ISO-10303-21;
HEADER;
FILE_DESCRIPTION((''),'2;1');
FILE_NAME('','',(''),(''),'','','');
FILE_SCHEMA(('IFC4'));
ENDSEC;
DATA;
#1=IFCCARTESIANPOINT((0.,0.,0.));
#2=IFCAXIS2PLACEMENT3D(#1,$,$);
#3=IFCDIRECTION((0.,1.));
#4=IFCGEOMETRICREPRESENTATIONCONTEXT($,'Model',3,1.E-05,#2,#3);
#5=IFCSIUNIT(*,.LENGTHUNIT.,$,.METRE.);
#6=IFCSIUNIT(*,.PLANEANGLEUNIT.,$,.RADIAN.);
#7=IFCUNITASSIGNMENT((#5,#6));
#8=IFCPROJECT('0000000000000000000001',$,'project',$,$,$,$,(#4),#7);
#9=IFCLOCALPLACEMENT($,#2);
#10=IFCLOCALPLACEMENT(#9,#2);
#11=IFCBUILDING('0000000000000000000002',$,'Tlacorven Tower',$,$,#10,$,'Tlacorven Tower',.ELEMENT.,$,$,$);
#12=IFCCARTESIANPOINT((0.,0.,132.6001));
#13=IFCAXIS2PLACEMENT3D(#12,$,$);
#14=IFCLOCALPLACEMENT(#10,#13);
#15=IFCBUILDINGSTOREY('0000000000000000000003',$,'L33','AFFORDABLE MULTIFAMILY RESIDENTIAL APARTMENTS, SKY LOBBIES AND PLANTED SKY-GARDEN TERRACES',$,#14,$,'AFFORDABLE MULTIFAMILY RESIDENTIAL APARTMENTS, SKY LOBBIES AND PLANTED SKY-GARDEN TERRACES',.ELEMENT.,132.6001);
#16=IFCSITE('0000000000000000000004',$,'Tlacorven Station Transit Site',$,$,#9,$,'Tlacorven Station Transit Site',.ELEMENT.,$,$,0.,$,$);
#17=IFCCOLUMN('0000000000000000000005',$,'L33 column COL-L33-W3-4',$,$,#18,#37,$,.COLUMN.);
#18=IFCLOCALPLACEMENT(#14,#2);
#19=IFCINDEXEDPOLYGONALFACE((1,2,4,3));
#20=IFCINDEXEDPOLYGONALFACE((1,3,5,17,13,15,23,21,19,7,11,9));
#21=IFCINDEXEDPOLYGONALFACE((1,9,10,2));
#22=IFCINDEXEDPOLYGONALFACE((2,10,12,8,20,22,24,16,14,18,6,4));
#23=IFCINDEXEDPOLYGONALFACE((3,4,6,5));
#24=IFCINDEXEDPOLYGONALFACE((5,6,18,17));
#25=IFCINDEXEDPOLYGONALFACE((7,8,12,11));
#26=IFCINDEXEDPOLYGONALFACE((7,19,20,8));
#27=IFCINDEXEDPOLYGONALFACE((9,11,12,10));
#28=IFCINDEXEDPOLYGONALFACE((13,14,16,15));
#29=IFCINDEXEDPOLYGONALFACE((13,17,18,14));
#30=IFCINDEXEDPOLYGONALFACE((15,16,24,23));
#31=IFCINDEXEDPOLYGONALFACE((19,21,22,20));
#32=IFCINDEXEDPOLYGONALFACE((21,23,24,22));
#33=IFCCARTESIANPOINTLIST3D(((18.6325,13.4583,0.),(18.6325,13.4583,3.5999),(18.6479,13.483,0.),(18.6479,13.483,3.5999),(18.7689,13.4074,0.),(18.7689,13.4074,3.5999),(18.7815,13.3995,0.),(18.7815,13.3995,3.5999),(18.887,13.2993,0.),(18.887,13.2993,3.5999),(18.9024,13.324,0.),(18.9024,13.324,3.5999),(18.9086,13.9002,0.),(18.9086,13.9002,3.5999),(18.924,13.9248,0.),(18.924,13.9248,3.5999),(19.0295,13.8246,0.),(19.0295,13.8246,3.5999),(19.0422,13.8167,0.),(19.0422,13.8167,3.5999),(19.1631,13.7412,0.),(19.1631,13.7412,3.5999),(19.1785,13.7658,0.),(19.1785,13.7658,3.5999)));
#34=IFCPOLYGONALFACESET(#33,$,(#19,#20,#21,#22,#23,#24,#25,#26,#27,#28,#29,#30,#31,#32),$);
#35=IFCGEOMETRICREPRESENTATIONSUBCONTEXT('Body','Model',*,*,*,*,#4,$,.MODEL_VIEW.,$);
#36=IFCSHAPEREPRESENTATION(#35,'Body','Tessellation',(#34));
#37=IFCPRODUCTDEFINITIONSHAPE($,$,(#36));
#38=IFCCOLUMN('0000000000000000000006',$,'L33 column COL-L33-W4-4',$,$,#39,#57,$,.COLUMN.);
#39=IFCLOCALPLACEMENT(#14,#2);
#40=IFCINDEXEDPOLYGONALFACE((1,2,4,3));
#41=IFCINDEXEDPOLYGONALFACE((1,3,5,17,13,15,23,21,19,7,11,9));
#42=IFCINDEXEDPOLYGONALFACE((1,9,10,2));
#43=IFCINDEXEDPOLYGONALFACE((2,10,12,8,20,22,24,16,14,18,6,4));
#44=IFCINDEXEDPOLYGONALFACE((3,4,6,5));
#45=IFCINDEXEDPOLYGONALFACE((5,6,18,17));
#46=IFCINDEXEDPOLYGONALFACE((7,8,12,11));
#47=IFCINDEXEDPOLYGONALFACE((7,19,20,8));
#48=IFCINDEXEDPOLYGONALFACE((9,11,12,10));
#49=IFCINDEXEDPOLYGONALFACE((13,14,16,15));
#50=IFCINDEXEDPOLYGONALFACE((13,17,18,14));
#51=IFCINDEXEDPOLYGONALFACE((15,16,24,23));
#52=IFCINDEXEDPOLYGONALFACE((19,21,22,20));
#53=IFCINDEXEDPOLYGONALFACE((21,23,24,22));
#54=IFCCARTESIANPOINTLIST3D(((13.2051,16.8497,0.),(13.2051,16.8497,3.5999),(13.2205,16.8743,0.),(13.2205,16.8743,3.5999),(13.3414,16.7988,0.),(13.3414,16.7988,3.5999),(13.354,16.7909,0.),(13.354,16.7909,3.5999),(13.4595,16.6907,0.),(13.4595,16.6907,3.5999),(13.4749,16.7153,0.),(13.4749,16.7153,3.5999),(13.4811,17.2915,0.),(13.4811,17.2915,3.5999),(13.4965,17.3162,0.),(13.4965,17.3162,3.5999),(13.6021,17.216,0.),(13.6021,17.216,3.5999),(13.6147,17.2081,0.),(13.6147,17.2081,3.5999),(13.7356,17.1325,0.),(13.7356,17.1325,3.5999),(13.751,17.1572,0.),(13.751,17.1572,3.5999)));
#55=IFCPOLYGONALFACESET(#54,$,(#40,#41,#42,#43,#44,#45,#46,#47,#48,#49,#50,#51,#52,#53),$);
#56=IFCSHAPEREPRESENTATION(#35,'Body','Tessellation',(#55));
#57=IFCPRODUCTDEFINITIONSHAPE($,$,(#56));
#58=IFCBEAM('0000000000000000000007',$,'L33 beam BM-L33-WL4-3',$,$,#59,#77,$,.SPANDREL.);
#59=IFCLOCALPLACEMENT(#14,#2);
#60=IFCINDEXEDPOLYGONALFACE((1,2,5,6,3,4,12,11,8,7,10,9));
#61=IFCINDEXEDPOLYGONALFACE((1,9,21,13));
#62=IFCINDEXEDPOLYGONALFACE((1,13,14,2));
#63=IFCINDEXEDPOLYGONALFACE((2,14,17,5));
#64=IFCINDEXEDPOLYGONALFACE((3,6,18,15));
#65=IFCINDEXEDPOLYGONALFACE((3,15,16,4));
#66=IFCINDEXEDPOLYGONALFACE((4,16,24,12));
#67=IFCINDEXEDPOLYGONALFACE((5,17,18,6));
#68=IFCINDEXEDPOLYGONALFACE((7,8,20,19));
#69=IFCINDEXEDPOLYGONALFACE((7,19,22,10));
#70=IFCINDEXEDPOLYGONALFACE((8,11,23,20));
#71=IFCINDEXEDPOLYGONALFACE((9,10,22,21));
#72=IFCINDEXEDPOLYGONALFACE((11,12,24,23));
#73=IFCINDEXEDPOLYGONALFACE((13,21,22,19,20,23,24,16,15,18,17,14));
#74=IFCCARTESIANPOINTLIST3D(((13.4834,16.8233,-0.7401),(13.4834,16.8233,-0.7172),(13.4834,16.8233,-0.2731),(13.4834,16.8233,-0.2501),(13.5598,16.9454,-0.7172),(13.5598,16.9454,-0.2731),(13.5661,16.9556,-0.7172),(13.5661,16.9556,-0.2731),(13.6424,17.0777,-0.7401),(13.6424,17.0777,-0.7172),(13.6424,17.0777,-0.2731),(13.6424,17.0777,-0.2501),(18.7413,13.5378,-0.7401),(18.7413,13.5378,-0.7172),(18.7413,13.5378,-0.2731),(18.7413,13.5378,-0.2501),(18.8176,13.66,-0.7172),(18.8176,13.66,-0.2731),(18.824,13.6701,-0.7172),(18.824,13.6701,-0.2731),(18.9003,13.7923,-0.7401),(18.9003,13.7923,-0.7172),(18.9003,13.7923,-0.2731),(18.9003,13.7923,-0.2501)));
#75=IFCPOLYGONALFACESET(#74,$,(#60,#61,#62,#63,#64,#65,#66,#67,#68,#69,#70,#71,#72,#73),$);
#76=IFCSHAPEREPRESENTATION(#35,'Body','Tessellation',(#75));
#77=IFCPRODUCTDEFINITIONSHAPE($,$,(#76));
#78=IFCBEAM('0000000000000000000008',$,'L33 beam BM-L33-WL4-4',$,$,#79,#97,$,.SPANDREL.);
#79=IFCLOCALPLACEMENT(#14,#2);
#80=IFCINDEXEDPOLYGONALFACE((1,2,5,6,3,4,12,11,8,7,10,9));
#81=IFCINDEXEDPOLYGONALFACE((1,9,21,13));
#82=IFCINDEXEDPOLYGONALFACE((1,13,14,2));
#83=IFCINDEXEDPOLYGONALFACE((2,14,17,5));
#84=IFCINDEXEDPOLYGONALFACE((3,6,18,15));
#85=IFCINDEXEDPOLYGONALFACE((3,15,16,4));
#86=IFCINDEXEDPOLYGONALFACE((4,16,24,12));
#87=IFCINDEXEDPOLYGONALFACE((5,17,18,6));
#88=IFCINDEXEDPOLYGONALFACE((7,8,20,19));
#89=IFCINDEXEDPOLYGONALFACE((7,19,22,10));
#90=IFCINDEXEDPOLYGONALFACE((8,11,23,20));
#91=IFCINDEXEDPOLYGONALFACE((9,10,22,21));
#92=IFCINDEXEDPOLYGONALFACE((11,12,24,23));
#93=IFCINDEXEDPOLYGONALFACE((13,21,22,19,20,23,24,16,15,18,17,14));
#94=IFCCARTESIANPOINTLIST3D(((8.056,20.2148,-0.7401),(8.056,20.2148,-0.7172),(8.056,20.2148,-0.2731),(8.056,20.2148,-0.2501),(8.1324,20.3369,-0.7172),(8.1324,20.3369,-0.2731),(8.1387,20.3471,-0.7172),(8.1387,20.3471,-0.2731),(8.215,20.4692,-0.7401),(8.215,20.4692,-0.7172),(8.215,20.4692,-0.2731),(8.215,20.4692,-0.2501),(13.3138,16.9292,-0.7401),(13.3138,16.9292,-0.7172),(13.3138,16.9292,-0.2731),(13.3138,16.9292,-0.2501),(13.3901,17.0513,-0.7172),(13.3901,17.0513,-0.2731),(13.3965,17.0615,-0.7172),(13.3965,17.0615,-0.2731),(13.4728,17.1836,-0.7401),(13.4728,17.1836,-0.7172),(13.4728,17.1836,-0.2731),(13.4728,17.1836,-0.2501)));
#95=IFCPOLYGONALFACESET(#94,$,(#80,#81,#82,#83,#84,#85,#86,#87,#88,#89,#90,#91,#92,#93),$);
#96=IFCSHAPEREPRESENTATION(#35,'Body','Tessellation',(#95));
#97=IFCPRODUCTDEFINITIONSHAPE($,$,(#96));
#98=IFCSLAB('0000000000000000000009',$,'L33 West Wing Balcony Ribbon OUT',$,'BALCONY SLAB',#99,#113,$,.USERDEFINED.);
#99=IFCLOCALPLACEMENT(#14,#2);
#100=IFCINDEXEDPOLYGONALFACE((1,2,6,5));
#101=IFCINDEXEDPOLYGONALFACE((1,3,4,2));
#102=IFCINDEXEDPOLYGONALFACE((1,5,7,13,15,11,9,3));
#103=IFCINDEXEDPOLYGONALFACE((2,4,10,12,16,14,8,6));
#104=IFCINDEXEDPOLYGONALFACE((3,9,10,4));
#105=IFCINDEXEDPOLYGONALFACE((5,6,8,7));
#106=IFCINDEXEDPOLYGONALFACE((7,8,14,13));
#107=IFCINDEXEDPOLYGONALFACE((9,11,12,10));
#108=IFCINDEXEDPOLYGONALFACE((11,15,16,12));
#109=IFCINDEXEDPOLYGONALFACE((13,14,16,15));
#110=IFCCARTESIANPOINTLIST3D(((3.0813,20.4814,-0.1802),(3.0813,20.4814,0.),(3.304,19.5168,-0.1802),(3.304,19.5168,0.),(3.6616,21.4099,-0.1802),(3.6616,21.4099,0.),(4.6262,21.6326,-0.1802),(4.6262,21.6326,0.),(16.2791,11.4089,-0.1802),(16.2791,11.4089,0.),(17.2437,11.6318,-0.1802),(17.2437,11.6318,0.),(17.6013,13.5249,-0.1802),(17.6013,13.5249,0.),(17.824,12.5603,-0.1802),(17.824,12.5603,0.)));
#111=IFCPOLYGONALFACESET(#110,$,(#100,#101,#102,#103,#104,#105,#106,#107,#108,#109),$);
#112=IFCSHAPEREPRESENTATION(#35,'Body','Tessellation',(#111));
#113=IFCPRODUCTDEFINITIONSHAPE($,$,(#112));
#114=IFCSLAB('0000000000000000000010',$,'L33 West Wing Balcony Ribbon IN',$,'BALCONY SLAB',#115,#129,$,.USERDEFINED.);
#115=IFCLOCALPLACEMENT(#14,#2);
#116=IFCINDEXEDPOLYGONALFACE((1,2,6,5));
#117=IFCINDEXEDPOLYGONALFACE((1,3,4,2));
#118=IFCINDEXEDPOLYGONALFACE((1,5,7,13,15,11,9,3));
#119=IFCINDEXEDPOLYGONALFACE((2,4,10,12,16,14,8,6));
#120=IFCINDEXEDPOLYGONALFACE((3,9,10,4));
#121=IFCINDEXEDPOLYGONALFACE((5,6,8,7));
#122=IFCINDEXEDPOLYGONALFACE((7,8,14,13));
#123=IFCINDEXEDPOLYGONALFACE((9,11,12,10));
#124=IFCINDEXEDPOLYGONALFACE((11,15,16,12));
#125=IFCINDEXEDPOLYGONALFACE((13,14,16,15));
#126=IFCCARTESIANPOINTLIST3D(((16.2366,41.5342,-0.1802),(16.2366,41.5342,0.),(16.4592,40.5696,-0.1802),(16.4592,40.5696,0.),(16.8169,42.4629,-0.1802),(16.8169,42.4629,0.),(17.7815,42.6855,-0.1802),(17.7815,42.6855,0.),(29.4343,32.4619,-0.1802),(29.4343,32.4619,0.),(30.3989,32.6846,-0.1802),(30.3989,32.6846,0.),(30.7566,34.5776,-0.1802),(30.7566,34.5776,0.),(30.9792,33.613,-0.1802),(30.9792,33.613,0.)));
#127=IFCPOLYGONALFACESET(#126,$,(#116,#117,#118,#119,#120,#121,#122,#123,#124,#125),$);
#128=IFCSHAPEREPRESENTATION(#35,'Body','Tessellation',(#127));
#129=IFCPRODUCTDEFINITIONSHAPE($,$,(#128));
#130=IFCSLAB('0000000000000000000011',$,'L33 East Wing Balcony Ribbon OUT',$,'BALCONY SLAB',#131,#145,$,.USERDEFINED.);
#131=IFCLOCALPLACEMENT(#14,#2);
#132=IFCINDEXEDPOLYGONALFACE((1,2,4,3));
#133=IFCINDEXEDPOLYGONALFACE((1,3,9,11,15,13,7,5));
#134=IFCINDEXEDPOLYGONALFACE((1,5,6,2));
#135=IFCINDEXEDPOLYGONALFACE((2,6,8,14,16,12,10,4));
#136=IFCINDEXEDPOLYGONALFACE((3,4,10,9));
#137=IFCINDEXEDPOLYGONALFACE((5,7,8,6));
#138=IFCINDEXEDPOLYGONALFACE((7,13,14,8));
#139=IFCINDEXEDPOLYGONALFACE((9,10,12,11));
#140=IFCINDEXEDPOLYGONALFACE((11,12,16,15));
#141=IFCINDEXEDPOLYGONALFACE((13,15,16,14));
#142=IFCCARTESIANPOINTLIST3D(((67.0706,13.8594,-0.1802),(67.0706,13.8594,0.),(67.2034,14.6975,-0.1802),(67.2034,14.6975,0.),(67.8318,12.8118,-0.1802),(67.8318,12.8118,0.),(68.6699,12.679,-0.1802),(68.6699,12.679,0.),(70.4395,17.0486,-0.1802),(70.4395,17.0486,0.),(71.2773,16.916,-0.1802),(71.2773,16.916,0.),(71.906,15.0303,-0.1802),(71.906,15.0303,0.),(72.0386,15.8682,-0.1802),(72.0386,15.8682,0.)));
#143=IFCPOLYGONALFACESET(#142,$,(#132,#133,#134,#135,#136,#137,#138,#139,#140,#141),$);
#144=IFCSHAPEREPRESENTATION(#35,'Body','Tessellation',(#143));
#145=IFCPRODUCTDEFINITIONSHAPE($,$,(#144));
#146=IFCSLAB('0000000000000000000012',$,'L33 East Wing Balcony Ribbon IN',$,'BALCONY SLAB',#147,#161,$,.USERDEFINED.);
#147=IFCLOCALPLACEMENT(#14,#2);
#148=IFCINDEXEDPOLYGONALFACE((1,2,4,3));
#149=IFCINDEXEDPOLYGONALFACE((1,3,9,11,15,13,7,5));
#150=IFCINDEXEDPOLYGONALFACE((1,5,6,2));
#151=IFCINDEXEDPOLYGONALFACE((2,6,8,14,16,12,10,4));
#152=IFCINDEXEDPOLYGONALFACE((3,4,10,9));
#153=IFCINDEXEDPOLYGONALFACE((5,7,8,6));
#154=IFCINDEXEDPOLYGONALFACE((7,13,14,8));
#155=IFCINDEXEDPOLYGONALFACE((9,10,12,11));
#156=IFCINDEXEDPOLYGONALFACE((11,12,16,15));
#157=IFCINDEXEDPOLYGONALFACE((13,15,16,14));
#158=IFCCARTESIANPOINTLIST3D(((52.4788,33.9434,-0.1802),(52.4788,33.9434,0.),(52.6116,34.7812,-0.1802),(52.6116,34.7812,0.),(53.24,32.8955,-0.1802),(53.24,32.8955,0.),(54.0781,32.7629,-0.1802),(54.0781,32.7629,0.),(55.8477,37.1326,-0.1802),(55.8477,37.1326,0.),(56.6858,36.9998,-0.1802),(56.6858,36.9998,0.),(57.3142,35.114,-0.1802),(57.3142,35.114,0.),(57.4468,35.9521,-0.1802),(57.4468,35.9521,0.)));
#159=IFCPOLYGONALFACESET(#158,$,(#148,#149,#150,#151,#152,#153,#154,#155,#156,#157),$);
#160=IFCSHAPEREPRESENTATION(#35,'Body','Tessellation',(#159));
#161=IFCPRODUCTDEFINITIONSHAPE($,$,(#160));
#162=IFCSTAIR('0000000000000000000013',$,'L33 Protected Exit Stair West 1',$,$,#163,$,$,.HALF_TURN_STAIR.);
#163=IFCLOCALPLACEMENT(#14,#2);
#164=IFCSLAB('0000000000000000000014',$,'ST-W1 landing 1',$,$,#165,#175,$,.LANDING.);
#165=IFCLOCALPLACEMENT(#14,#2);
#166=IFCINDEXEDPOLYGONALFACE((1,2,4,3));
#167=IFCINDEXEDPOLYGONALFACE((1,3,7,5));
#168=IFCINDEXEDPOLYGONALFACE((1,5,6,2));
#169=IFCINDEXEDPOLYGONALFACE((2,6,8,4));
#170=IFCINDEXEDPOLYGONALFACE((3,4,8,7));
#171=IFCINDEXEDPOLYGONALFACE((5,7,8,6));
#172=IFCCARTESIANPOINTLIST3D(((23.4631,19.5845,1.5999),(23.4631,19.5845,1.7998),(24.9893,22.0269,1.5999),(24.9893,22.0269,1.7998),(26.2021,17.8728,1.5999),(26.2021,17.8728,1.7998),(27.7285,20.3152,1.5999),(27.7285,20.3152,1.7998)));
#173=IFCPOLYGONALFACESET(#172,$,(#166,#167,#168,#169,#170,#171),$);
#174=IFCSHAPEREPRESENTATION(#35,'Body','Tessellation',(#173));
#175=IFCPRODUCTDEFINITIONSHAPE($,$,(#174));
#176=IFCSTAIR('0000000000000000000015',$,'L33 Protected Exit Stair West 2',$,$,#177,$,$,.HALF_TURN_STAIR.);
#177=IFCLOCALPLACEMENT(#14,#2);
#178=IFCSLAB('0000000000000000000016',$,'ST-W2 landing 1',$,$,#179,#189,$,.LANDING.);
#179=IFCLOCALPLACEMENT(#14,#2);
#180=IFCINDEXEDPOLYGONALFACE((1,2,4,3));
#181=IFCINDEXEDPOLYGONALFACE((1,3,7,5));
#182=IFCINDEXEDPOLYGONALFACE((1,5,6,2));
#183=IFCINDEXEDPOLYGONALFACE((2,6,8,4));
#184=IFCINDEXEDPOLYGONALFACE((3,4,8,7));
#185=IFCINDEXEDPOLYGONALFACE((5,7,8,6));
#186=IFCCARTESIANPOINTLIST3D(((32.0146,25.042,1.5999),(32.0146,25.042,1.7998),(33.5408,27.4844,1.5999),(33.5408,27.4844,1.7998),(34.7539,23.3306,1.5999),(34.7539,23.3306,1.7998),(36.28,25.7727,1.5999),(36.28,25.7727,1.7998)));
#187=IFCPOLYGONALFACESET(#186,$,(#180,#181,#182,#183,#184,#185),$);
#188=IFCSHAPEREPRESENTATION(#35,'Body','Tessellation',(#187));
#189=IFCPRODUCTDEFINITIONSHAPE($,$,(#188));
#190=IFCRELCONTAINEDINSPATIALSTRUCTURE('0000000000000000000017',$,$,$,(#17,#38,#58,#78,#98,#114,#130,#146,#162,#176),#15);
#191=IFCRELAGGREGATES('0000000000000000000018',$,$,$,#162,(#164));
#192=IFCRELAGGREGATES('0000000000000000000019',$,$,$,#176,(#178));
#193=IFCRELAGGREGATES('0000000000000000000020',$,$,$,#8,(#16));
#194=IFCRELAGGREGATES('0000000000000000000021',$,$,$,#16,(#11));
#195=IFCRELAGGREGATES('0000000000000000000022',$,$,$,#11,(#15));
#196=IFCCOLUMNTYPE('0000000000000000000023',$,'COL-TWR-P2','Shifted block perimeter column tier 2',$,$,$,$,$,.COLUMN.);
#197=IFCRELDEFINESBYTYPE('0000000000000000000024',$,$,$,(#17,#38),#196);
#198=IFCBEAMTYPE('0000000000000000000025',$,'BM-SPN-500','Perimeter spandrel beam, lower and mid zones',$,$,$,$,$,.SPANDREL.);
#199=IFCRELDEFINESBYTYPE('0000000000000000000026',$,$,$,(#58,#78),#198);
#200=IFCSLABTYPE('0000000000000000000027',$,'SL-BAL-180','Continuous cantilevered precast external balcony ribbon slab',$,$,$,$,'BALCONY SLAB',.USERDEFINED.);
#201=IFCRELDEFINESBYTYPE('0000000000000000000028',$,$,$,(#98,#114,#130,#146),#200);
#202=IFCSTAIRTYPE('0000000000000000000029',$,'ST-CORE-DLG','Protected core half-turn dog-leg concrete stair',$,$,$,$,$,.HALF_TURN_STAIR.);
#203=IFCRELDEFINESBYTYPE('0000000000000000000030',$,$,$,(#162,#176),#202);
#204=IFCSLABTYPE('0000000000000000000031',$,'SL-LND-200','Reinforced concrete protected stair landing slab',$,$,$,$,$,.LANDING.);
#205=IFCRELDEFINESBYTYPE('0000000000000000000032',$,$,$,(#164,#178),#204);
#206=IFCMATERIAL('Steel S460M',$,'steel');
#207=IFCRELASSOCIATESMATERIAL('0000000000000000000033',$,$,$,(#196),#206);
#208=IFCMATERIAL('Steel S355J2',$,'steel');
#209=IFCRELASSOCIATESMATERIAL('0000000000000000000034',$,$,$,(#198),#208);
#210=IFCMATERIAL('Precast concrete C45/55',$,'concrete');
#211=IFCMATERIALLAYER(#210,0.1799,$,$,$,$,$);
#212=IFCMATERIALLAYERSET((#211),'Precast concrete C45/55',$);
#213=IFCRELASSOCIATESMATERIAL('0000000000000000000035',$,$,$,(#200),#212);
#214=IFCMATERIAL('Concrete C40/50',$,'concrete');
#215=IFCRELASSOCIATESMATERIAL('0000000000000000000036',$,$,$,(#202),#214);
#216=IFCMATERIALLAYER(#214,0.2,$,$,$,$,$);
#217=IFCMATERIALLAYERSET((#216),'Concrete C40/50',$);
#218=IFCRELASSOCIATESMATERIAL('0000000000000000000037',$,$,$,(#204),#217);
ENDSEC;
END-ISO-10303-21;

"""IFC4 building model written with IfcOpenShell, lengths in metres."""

from ifc_helpers import new_model, si_unit, direction, frame, origin, origin_2d, place, context, subcontext, project, spatial, polyline, i_section, outline, extrude, source, transform, mapped, material, layer, layer_set, material_profile, profile_set, type_object, element, aggregate, save


model = new_model("IFC4")

# Units and contexts
model_context = context("Model", 3, precision=1e-05, world=origin(), true_north=direction((0.0, 1.0)))
body_context = subcontext(model_context, "Body", "Model", "MODEL_VIEW")
ifc_project = project(units=[si_unit("LENGTHUNIT", "METRE"), si_unit("PLANEANGLEUNIT", "RADIAN")], contexts=[model_context])

# Site, building, storey
site_placement = place(None, origin())
site = spatial("IfcSite", under=ifc_project, at=site_placement, Name="Tlacorven Station Transit Site", LongName="Tlacorven Station Transit Site", CompositionType="ELEMENT", RefElevation=0.0)
building_placement = place(site_placement, origin())
building = spatial("IfcBuilding", under=site, at=building_placement, Name="Tlacorven Tower", LongName="Tlacorven Tower", CompositionType="ELEMENT")
storey_placement = place(building_placement, frame((0.0, 0.0, 132.6001)))
storey = spatial("IfcBuildingStorey", under=building, at=storey_placement, Name="L33", Description="AFFORDABLE MULTIFAMILY RESIDENTIAL APARTMENTS, SKY LOBBIES AND PLANTED SKY-GARDEN TERRACES", LongName="AFFORDABLE MULTIFAMILY RESIDENTIAL APARTMENTS, SKY LOBBIES AND PLANTED SKY-GARDEN TERRACES", CompositionType="ELEMENT", Elevation=132.6001)

# Columns
ifc_material_1 = material(Name="Steel S460M", Category="steel")
ifc_material_profile_1 = material_profile(ifc_material_1, i_section(OverallWidth=0.3, OverallDepth=0.55, WebThickness=0.0149, FlangeThickness=0.0291, at=origin_2d()), Name="HEB 550")
ifc_profile_set_1 = profile_set([ifc_material_profile_1], Name="Steel S460M")
column_type = type_object("IfcColumnType", Name="COL-TWR-P2", Description="Shifted block perimeter column tier 2", PredefinedType="COLUMN", material=ifc_profile_set_1)
shared_shape_1 = source(origin(), body_context, "Body", "SweptSolid", [
    extrude(i_section(OverallWidth=0.3, OverallDepth=0.55, WebThickness=0.0149, FlangeThickness=0.0291, at=origin_2d()), origin(), (0.0, 0.0, 1.0), 3.5999),
])
for number, where, z_axis, x_axis, name in (
    (1, (18.9055, 13.6121, 0.0), (0.0, 0.0, 1.0), (-0.848048, 0.529919, 0.0), "L33 column COL-L33-W3-4"),
    (2, (13.478, 17.0034, 0.0), (0.0, 0.0, 1.0), (-0.848048, 0.529919, 0.0), "L33 column COL-L33-W4-4"),
):
    element("IfcColumn", number, at=place(storey_placement, frame(where, z_axis=z_axis, x_axis=x_axis)), inside=storey, type_object=column_type, Name=name, PredefinedType="COLUMN", context=body_context, shape_type="MappedRepresentation", body=[
        mapped(shared_shape_1, transform((0.0, 0.0, 0.0), scale=1.0)),
    ])

# Beams
ifc_material_2 = material(Name="Steel S355J2", Category="steel")
ifc_material_profile_2 = material_profile(ifc_material_2, i_section(OverallWidth=0.3, OverallDepth=0.49, WebThickness=0.012, FlangeThickness=0.0229, at=origin_2d()), Name="HEA 500")
ifc_profile_set_2 = profile_set([ifc_material_profile_2], Name="Steel S355J2")
beam_type = type_object("IfcBeamType", Name="BM-SPN-500", Description="Perimeter spandrel beam, lower and mid zones", PredefinedType="SPANDREL", material=ifc_profile_set_2)
shared_shape_2 = source(origin(), body_context, "Body", "SweptSolid", [
    extrude(i_section(OverallWidth=0.3, OverallDepth=0.49, WebThickness=0.012, FlangeThickness=0.0229, at=origin_2d()), origin(), (0.0, 0.0, 1.0), 6.2),
])
for number, where, z_axis, x_axis, name in (
    (3, (18.8208, 13.665, -0.4951), (-0.848051, 0.529914, 0.0), (-0.529914, -0.848051, 0.0), "L33 beam BM-L33-WL4-3"),
    (4, (13.3933, 17.0564, -0.4951), (-0.848034, 0.529942, 0.0), (-0.529942, -0.848034, 0.0), "L33 beam BM-L33-WL4-4"),
):
    element("IfcBeam", number, at=place(storey_placement, frame(where, z_axis=z_axis, x_axis=x_axis)), inside=storey, type_object=beam_type, Name=name, PredefinedType="SPANDREL", context=body_context, shape_type="MappedRepresentation", body=[
        mapped(shared_shape_2, transform((0.0, 0.0, 0.0), scale=1.0)),
    ])

# Slabs
ifc_material_3 = material(Name="Precast concrete C45/55", Category="concrete")
ifc_layer_1 = layer(ifc_material_3, 0.1799)
ifc_layer_set_1 = layer_set([ifc_layer_1], Name="Precast concrete C45/55")
slab_type_1 = type_object("IfcSlabType", Name="SL-BAL-180", Description="Continuous cantilevered precast external balcony ribbon slab", ElementType="BALCONY SLAB", PredefinedType="USERDEFINED", material=ifc_layer_set_1)
slab_1_placement = place(storey_placement, frame((0.0, 0.0, -0.1802)))
element("IfcSlab", 5, at=slab_1_placement, inside=storey, type_object=slab_type_1, Name="L33 West Wing Balcony Ribbon OUT", ObjectType="BALCONY SLAB", PredefinedType="USERDEFINED", context=body_context, shape_type="SweptSolid", body=[
    extrude(outline(polyline([(17.6013, 13.5249), (4.6262, 21.6326), (3.6616, 21.4099), (3.0813, 20.4814), (3.304, 19.5168), (16.2791, 11.4089), (17.2437, 11.6318), (17.824, 12.5603), (17.6013, 13.5249)])), origin(), (0.0, 0.0, 1.0), 0.1802),
])
slab_2_placement = place(storey_placement, frame((0.0, 0.0, -0.1802)))
element("IfcSlab", 6, at=slab_2_placement, inside=storey, type_object=slab_type_1, Name="L33 West Wing Balcony Ribbon IN", ObjectType="BALCONY SLAB", PredefinedType="USERDEFINED", context=body_context, shape_type="SweptSolid", body=[
    extrude(outline(polyline([(30.7566, 34.5776), (17.7815, 42.6855), (16.8169, 42.4629), (16.2366, 41.5342), (16.4592, 40.5696), (29.4343, 32.4619), (30.3989, 32.6846), (30.9792, 33.613), (30.7566, 34.5776)])), origin(), (0.0, 0.0, 1.0), 0.1802),
])
slab_3_placement = place(storey_placement, frame((0.0, 0.0, -0.1802)))
element("IfcSlab", 7, at=slab_3_placement, inside=storey, type_object=slab_type_1, Name="L33 East Wing Balcony Ribbon OUT", ObjectType="BALCONY SLAB", PredefinedType="USERDEFINED", context=body_context, shape_type="SweptSolid", body=[
    extrude(outline(polyline([(68.6699, 12.679), (71.906, 15.0303), (72.0386, 15.8682), (71.2773, 16.916), (70.4395, 17.0486), (67.2034, 14.6975), (67.0706, 13.8594), (67.8318, 12.8118), (68.6699, 12.679)])), origin(), (0.0, 0.0, 1.0), 0.1802),
])
slab_4_placement = place(storey_placement, frame((0.0, 0.0, -0.1802)))
element("IfcSlab", 8, at=slab_4_placement, inside=storey, type_object=slab_type_1, Name="L33 East Wing Balcony Ribbon IN", ObjectType="BALCONY SLAB", PredefinedType="USERDEFINED", context=body_context, shape_type="SweptSolid", body=[
    extrude(outline(polyline([(54.0781, 32.7629), (57.3142, 35.114), (57.4468, 35.9521), (56.6858, 36.9998), (55.8477, 37.1326), (52.6116, 34.7812), (52.4788, 33.9434), (53.24, 32.8955), (54.0781, 32.7629)])), origin(), (0.0, 0.0, 1.0), 0.1802),
])

# Stairs, slabs
ifc_material_4 = material(Name="Concrete C40/50", Category="concrete")
stair_type = type_object("IfcStairType", Name="ST-CORE-DLG", Description="Protected core half-turn dog-leg concrete stair", PredefinedType="HALF_TURN_STAIR", material=ifc_material_4)
stair_1_placement = place(storey_placement, origin())
stair_1 = element("IfcStair", 9, at=stair_1_placement, inside=storey, type_object=stair_type, Name="L33 Protected Exit Stair West 1", PredefinedType="HALF_TURN_STAIR")
ifc_layer_2 = layer(ifc_material_4, 0.2)
ifc_layer_set_2 = layer_set([ifc_layer_2], Name="Concrete C40/50")
slab_type_2 = type_object("IfcSlabType", Name="SL-LND-200", Description="Reinforced concrete protected stair landing slab", PredefinedType="LANDING", material=ifc_layer_set_2)
slab_5_placement = place(storey_placement, frame((0.0, 0.0, 1.5999)))
slab_5 = element("IfcSlab", 10, at=slab_5_placement, type_object=slab_type_2, Name="ST-W1 landing 1", PredefinedType="LANDING", context=body_context, shape_type="SweptSolid", body=[
    extrude(outline(polyline([(27.7285, 20.3152), (24.9893, 22.0269), (23.4631, 19.5845), (26.2021, 17.8728), (27.7285, 20.3152)])), origin(), (0.0, 0.0, 1.0), 0.2),
])
aggregate(stair_1, [slab_5])
stair_2_placement = place(storey_placement, origin())
stair_2 = element("IfcStair", 11, at=stair_2_placement, inside=storey, type_object=stair_type, Name="L33 Protected Exit Stair West 2", PredefinedType="HALF_TURN_STAIR")
slab_6_placement = place(storey_placement, frame((0.0, 0.0, 1.5999)))
slab_6 = element("IfcSlab", 12, at=slab_6_placement, type_object=slab_type_2, Name="ST-W2 landing 1", PredefinedType="LANDING", context=body_context, shape_type="SweptSolid", body=[
    extrude(outline(polyline([(36.28, 25.7727), (33.5408, 27.4844), (32.0146, 25.042), (34.7539, 23.3306), (36.28, 25.7727)])), origin(), (0.0, 0.0, 1.0), 0.2),
])
aggregate(stair_2, [slab_6])

save(model, "model.ifc")
